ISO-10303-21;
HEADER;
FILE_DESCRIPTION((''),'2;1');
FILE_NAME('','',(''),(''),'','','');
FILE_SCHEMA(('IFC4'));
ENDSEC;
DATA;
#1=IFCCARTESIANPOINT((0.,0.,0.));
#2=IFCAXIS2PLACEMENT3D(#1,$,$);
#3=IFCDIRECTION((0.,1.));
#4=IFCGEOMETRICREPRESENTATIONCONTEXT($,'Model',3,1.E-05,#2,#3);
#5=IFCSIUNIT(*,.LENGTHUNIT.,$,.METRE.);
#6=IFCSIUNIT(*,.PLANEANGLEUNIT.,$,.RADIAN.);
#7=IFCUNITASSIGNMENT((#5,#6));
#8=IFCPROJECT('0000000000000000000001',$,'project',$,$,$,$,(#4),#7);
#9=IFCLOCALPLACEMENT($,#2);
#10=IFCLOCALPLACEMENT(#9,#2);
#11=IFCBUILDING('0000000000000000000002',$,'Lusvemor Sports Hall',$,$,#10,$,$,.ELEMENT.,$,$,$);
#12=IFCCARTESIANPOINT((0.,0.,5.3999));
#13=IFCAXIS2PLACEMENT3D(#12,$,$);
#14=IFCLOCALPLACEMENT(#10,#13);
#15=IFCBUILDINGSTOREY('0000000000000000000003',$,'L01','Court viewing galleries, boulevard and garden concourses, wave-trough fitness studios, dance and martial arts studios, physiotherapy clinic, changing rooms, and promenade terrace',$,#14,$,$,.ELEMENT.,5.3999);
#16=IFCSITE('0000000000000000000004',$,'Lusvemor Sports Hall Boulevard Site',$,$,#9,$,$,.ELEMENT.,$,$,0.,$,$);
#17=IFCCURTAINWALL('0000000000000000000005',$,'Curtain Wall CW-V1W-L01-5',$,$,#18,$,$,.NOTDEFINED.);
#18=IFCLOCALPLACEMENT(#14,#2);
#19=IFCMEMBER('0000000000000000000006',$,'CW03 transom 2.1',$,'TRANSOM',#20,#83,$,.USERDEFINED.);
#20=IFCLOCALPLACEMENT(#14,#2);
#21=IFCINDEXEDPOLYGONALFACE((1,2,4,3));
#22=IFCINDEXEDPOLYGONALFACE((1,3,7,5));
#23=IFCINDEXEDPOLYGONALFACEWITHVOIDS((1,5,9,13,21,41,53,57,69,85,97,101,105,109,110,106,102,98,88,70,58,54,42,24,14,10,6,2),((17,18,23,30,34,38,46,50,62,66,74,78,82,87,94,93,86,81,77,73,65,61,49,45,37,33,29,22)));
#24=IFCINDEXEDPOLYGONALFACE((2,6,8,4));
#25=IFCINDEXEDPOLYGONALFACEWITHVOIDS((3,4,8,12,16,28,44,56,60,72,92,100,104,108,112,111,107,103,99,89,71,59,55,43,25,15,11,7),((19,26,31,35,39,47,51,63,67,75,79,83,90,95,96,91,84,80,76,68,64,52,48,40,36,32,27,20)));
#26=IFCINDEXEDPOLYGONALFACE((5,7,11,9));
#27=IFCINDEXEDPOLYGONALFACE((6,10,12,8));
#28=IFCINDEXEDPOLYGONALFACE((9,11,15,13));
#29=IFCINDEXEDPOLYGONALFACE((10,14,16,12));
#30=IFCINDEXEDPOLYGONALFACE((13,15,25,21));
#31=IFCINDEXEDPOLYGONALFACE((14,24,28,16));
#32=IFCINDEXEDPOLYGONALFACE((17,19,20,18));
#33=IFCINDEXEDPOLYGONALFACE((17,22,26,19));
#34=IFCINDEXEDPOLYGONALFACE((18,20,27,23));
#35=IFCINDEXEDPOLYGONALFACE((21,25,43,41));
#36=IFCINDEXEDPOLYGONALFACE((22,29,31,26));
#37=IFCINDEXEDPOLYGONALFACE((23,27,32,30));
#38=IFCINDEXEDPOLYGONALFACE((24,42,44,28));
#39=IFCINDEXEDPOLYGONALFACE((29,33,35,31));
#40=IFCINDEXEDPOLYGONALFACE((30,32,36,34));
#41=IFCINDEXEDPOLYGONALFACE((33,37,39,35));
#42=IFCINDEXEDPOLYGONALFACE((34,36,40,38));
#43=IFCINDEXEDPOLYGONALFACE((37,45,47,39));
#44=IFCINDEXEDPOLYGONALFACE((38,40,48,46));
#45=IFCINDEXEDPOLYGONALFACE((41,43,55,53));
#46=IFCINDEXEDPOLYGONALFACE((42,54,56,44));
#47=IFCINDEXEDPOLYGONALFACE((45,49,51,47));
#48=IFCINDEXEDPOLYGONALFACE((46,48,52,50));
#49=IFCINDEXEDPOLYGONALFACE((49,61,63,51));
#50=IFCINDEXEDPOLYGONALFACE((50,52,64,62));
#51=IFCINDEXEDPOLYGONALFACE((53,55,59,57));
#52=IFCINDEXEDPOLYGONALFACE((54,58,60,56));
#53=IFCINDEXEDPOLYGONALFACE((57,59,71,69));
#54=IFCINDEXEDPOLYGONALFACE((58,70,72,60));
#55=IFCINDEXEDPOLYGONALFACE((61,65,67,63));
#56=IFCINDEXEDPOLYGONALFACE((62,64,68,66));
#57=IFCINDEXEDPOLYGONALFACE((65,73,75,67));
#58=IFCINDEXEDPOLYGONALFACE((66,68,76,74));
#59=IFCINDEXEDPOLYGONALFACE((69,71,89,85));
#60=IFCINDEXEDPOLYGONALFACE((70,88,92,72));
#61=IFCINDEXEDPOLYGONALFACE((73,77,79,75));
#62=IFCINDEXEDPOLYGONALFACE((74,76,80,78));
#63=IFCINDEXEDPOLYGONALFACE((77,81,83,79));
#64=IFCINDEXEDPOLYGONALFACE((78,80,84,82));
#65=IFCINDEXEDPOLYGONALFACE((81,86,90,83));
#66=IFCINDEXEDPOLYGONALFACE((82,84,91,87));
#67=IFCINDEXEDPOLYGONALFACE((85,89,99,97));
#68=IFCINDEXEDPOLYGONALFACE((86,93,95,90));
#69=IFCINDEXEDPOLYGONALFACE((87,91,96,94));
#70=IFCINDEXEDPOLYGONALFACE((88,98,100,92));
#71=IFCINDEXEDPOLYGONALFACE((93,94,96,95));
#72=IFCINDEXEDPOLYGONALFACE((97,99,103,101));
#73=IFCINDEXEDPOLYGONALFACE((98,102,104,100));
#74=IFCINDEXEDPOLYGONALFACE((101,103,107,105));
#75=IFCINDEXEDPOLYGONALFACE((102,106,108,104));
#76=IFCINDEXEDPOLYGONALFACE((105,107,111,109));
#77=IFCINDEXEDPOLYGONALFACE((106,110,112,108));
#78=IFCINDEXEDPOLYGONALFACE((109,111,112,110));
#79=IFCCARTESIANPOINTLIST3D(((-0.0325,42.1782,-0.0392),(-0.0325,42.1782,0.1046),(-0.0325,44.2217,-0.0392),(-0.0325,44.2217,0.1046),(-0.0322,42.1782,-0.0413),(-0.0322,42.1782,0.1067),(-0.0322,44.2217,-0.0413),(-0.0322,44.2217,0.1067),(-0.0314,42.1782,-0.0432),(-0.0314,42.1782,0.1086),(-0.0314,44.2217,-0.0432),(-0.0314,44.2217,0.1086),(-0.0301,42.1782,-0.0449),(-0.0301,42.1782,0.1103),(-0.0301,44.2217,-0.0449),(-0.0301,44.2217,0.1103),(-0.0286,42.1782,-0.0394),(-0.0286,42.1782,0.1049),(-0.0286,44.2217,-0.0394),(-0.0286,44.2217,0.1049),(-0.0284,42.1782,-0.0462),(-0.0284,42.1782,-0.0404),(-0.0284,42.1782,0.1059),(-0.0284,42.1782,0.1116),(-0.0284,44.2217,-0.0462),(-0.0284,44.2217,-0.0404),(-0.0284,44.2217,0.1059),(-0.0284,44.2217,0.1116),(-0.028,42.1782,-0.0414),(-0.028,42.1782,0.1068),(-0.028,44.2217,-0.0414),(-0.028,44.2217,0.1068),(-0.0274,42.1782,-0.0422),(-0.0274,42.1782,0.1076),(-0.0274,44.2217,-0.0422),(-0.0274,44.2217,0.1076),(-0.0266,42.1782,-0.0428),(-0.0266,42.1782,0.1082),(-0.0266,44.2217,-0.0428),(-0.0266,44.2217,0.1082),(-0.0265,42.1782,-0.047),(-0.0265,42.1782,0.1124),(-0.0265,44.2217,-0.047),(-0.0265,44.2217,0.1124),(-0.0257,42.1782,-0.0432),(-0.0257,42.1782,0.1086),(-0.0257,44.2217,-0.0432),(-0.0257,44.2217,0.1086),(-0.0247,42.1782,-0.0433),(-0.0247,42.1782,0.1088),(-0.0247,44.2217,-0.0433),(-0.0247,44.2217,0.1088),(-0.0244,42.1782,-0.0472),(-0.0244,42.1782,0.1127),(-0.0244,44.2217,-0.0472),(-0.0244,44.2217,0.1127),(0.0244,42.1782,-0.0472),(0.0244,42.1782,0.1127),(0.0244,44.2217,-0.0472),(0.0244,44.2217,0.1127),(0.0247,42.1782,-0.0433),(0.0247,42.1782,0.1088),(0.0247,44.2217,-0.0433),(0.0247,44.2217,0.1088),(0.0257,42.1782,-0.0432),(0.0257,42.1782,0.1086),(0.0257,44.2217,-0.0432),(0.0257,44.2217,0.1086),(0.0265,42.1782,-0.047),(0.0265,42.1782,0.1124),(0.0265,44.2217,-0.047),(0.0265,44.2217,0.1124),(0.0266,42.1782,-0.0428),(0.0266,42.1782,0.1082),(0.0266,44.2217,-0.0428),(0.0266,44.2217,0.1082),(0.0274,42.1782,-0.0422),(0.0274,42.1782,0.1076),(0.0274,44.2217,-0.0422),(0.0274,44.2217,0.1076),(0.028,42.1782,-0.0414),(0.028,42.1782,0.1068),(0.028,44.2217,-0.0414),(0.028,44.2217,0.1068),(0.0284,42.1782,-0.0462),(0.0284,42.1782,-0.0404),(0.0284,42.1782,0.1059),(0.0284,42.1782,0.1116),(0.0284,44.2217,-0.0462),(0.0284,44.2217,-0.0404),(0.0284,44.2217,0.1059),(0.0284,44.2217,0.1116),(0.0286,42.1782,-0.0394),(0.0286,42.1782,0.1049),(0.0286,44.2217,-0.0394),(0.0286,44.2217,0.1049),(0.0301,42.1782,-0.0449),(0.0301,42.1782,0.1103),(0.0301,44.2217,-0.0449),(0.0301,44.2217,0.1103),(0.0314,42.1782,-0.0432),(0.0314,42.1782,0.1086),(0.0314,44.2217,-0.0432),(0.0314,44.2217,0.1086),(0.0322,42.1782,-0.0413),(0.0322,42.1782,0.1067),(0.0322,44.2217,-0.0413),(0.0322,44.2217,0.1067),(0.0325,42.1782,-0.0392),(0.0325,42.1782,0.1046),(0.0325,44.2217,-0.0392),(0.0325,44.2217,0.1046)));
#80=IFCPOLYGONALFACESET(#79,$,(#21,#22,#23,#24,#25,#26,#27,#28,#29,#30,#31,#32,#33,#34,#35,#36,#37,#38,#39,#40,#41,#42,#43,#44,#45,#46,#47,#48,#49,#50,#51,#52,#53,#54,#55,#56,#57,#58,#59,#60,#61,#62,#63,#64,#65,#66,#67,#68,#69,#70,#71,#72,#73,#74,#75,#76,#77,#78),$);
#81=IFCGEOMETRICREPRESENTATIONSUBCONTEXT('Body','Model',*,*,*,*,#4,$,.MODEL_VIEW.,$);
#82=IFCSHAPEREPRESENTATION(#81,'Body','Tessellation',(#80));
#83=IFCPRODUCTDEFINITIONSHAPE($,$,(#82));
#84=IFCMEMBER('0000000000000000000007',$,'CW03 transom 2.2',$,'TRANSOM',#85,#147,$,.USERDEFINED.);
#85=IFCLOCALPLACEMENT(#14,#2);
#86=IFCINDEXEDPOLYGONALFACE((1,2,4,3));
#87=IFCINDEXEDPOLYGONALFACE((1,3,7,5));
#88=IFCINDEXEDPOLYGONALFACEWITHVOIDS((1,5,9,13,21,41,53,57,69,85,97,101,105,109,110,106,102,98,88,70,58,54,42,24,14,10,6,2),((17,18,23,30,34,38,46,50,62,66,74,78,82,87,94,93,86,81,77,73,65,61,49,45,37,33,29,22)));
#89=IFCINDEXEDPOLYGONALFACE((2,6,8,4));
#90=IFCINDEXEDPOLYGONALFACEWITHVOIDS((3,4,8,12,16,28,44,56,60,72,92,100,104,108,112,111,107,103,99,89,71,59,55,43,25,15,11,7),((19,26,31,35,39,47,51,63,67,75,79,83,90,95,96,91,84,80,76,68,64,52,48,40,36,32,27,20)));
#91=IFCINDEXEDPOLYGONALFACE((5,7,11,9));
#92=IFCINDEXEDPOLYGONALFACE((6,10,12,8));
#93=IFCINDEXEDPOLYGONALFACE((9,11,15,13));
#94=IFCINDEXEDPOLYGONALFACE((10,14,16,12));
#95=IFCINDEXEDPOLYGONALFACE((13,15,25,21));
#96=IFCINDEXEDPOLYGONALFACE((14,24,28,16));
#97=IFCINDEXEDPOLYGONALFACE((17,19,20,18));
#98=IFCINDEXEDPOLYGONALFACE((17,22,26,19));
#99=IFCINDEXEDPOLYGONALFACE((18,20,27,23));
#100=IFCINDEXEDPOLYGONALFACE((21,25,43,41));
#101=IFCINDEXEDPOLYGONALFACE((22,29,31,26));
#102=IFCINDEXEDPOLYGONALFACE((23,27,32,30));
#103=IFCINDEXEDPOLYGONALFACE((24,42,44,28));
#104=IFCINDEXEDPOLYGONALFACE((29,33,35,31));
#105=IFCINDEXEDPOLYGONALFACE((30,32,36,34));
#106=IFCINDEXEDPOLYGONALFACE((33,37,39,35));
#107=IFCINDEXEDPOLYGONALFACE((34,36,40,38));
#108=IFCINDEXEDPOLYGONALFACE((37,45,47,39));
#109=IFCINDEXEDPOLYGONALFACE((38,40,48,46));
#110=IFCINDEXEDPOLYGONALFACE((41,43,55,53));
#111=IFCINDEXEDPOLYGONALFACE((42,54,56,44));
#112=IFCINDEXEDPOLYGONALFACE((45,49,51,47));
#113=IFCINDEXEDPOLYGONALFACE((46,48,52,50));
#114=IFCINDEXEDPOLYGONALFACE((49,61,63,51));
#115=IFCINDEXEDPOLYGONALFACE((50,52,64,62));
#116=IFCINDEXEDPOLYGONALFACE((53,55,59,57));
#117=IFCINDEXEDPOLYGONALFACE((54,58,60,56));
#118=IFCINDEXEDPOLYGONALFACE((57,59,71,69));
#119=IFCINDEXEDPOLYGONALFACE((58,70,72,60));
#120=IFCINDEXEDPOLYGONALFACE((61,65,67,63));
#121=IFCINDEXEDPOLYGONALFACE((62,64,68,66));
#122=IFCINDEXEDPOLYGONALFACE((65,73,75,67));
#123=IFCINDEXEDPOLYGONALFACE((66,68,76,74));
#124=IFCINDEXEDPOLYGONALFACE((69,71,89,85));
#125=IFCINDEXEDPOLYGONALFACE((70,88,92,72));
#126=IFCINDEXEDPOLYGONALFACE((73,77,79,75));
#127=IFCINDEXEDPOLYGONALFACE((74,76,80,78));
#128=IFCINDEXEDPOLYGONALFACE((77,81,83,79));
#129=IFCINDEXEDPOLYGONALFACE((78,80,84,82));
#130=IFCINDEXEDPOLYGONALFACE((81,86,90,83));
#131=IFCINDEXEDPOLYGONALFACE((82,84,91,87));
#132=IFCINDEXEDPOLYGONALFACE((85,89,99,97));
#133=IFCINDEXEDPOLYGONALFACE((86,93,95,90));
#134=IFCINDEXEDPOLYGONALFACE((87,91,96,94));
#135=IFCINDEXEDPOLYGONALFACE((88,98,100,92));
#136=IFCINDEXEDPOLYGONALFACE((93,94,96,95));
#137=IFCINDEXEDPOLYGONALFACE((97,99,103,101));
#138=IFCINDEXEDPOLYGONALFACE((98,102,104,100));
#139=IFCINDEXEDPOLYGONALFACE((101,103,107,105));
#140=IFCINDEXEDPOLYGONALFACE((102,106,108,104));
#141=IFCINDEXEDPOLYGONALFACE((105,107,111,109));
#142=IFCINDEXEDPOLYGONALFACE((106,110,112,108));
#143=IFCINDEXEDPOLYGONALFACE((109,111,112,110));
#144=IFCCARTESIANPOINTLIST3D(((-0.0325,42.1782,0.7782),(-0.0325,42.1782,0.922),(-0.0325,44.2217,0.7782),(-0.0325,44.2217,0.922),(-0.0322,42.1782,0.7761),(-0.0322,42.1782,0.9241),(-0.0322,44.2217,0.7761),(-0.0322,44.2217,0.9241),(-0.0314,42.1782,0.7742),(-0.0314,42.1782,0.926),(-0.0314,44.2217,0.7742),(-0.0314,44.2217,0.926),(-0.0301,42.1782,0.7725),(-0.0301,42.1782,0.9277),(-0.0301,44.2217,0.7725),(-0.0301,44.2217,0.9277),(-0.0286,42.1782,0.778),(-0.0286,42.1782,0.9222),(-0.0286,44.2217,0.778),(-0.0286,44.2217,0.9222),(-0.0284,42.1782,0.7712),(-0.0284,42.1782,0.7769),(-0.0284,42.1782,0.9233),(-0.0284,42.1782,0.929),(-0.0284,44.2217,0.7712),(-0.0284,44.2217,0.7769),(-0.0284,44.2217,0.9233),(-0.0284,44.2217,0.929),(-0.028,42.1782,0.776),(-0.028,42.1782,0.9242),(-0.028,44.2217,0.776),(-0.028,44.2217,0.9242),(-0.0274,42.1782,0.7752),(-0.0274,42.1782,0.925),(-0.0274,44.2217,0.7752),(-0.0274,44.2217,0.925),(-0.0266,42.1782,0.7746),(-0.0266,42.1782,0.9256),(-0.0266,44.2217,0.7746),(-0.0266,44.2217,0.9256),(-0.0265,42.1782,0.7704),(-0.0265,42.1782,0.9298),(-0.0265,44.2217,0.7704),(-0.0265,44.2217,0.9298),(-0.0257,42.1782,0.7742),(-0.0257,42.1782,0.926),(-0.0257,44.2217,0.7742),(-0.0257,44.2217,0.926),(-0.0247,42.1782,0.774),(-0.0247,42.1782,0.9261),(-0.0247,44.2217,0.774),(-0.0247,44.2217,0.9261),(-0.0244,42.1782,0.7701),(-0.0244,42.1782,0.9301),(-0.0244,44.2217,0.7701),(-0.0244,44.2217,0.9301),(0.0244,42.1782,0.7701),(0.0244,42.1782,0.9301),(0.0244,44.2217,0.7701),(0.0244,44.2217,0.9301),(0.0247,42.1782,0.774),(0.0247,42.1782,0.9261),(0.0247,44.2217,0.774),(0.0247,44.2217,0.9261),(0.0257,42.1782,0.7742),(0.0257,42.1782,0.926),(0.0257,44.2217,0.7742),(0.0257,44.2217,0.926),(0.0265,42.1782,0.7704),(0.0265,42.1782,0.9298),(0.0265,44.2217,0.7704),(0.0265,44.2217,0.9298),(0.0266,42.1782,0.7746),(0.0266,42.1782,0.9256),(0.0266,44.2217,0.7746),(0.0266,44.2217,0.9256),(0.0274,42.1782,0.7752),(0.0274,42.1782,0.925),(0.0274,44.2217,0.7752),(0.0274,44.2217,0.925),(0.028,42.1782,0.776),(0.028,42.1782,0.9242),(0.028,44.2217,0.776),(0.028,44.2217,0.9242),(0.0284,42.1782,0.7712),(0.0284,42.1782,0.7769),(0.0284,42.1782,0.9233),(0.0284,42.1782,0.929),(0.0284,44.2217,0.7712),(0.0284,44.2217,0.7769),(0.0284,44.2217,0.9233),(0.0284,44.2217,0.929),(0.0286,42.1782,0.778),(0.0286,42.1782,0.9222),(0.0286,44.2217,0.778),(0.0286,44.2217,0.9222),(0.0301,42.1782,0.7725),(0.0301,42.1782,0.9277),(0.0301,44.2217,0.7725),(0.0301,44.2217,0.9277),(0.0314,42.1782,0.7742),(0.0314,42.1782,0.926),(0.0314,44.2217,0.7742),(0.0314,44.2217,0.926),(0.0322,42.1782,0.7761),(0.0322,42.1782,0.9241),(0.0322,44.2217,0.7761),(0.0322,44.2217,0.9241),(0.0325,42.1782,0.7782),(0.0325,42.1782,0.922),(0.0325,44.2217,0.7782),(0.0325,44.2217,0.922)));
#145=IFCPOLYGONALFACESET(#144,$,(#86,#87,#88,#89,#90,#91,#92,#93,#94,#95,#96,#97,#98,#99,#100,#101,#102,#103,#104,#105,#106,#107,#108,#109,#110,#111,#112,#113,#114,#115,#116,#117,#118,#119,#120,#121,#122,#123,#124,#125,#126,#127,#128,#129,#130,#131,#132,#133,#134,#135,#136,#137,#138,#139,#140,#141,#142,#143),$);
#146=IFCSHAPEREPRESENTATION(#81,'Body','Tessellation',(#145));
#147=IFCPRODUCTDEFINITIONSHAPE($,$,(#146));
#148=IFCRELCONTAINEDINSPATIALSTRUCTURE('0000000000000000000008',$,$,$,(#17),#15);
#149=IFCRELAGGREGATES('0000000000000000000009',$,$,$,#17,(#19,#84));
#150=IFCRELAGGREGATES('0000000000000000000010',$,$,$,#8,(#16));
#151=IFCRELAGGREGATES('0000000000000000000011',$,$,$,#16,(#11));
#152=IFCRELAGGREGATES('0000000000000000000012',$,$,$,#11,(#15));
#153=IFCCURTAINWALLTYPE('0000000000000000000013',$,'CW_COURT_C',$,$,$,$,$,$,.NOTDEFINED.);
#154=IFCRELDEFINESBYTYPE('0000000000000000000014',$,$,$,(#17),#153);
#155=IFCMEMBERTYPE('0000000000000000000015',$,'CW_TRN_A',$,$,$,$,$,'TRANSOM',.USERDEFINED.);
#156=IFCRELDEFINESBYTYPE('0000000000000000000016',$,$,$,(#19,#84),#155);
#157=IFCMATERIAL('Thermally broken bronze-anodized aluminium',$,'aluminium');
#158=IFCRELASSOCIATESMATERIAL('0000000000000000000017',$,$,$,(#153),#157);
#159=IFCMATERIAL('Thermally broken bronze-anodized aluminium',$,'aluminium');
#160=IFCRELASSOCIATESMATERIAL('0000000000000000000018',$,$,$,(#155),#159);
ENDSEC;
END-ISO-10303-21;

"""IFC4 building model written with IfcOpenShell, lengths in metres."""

from ifc_helpers import new_model, si_unit, direction, frame, origin, origin_2d, place, context, subcontext, project, spatial, hollow_rectangle, extrude, material, material_profile, profile_set, type_object, element, aggregate, save


model = new_model("IFC4")

# Units and contexts
model_context = context("Model", 3, precision=1e-05, world=origin(), true_north=direction((0.0, 1.0)))
body_context = subcontext(model_context, "Body", "Model", "MODEL_VIEW")
ifc_project = project(units=[si_unit("LENGTHUNIT", "METRE"), si_unit("PLANEANGLEUNIT", "RADIAN")], contexts=[model_context])

# Site, building, storey
site_placement = place(None, origin())
site = spatial("IfcSite", under=ifc_project, at=site_placement, Name="Lusvemor Sports Hall Boulevard Site", CompositionType="ELEMENT", RefElevation=0.0)
building_placement = place(site_placement, origin())
building = spatial("IfcBuilding", under=site, at=building_placement, Name="Lusvemor Sports Hall", CompositionType="ELEMENT")
storey_placement = place(building_placement, frame((0.0, 0.0, 5.3999)))
storey = spatial("IfcBuildingStorey", under=building, at=storey_placement, Name="L01", Description="Court viewing galleries, boulevard and garden concourses, wave-trough fitness studios, dance and martial arts studios, physiotherapy clinic, changing rooms, and promenade terrace", CompositionType="ELEMENT", Elevation=5.3999)

# Curtain wall
ifc_material_1 = material(Name="Thermally broken bronze-anodized aluminium", Category="aluminium")
curtain_wall_type_1 = type_object("IfcCurtainWallType", Name="CW_COURT_C", PredefinedType="NOTDEFINED", material=ifc_material_1)
curtain_wall_1_placement = place(storey_placement, origin())
curtain_wall_1 = element("IfcCurtainWall", 1, at=curtain_wall_1_placement, inside=storey, type_object=curtain_wall_type_1, Name="Curtain Wall CW-V1W-L01-5", PredefinedType="NOTDEFINED")

# Members
ifc_material_2 = material(Name="Thermally broken bronze-anodized aluminium", Category="aluminium")
ifc_material_profile_1 = material_profile(ifc_material_2, hollow_rectangle(XDim=0.0649, YDim=0.1599, WallThickness=0.0039, InnerFilletRadius=0.0039, OuterFilletRadius=0.0081, at=origin_2d()), Name="CWTRN160x65x4")
ifc_profile_set_1 = profile_set([ifc_material_profile_1], Name="Thermally broken bronze-anodized aluminium")
member_type_1 = type_object("IfcMemberType", Name="CW_TRN_A", ElementType="TRANSOM", PredefinedType="USERDEFINED", material=ifc_profile_set_1)
member_1_placement = place(storey_placement, frame((0.0, 42.1782, 0.0327), z_axis=(0.0, 1.0, 0.0), x_axis=(-1.0, 0.0, 0.0)))
member_1 = element("IfcMember", 2, at=member_1_placement, type_object=member_type_1, Name="CW03 transom 2.1", ObjectType="TRANSOM", PredefinedType="USERDEFINED", context=body_context, shape_type="SweptSolid", body=[
    extrude(hollow_rectangle(XDim=0.0649, YDim=0.1599, WallThickness=0.0039, InnerFilletRadius=0.0039, OuterFilletRadius=0.0081, at=origin_2d()), origin(), (0.0, 0.0, 1.0), 2.0435),
])
member_2_placement = place(storey_placement, frame((0.0, 42.1782, 0.8501), z_axis=(0.0, 1.0, 0.0), x_axis=(-1.0, 0.0, 0.0)))
member_2 = element("IfcMember", 3, at=member_2_placement, type_object=member_type_1, Name="CW03 transom 2.2", ObjectType="TRANSOM", PredefinedType="USERDEFINED", context=body_context, shape_type="SweptSolid", body=[
    extrude(hollow_rectangle(XDim=0.0649, YDim=0.1599, WallThickness=0.0039, InnerFilletRadius=0.0039, OuterFilletRadius=0.0081, at=origin_2d()), origin(), (0.0, 0.0, 1.0), 2.0435),
])

aggregate(curtain_wall_1, [member_1, member_2])

save(model, "model.ifc")
